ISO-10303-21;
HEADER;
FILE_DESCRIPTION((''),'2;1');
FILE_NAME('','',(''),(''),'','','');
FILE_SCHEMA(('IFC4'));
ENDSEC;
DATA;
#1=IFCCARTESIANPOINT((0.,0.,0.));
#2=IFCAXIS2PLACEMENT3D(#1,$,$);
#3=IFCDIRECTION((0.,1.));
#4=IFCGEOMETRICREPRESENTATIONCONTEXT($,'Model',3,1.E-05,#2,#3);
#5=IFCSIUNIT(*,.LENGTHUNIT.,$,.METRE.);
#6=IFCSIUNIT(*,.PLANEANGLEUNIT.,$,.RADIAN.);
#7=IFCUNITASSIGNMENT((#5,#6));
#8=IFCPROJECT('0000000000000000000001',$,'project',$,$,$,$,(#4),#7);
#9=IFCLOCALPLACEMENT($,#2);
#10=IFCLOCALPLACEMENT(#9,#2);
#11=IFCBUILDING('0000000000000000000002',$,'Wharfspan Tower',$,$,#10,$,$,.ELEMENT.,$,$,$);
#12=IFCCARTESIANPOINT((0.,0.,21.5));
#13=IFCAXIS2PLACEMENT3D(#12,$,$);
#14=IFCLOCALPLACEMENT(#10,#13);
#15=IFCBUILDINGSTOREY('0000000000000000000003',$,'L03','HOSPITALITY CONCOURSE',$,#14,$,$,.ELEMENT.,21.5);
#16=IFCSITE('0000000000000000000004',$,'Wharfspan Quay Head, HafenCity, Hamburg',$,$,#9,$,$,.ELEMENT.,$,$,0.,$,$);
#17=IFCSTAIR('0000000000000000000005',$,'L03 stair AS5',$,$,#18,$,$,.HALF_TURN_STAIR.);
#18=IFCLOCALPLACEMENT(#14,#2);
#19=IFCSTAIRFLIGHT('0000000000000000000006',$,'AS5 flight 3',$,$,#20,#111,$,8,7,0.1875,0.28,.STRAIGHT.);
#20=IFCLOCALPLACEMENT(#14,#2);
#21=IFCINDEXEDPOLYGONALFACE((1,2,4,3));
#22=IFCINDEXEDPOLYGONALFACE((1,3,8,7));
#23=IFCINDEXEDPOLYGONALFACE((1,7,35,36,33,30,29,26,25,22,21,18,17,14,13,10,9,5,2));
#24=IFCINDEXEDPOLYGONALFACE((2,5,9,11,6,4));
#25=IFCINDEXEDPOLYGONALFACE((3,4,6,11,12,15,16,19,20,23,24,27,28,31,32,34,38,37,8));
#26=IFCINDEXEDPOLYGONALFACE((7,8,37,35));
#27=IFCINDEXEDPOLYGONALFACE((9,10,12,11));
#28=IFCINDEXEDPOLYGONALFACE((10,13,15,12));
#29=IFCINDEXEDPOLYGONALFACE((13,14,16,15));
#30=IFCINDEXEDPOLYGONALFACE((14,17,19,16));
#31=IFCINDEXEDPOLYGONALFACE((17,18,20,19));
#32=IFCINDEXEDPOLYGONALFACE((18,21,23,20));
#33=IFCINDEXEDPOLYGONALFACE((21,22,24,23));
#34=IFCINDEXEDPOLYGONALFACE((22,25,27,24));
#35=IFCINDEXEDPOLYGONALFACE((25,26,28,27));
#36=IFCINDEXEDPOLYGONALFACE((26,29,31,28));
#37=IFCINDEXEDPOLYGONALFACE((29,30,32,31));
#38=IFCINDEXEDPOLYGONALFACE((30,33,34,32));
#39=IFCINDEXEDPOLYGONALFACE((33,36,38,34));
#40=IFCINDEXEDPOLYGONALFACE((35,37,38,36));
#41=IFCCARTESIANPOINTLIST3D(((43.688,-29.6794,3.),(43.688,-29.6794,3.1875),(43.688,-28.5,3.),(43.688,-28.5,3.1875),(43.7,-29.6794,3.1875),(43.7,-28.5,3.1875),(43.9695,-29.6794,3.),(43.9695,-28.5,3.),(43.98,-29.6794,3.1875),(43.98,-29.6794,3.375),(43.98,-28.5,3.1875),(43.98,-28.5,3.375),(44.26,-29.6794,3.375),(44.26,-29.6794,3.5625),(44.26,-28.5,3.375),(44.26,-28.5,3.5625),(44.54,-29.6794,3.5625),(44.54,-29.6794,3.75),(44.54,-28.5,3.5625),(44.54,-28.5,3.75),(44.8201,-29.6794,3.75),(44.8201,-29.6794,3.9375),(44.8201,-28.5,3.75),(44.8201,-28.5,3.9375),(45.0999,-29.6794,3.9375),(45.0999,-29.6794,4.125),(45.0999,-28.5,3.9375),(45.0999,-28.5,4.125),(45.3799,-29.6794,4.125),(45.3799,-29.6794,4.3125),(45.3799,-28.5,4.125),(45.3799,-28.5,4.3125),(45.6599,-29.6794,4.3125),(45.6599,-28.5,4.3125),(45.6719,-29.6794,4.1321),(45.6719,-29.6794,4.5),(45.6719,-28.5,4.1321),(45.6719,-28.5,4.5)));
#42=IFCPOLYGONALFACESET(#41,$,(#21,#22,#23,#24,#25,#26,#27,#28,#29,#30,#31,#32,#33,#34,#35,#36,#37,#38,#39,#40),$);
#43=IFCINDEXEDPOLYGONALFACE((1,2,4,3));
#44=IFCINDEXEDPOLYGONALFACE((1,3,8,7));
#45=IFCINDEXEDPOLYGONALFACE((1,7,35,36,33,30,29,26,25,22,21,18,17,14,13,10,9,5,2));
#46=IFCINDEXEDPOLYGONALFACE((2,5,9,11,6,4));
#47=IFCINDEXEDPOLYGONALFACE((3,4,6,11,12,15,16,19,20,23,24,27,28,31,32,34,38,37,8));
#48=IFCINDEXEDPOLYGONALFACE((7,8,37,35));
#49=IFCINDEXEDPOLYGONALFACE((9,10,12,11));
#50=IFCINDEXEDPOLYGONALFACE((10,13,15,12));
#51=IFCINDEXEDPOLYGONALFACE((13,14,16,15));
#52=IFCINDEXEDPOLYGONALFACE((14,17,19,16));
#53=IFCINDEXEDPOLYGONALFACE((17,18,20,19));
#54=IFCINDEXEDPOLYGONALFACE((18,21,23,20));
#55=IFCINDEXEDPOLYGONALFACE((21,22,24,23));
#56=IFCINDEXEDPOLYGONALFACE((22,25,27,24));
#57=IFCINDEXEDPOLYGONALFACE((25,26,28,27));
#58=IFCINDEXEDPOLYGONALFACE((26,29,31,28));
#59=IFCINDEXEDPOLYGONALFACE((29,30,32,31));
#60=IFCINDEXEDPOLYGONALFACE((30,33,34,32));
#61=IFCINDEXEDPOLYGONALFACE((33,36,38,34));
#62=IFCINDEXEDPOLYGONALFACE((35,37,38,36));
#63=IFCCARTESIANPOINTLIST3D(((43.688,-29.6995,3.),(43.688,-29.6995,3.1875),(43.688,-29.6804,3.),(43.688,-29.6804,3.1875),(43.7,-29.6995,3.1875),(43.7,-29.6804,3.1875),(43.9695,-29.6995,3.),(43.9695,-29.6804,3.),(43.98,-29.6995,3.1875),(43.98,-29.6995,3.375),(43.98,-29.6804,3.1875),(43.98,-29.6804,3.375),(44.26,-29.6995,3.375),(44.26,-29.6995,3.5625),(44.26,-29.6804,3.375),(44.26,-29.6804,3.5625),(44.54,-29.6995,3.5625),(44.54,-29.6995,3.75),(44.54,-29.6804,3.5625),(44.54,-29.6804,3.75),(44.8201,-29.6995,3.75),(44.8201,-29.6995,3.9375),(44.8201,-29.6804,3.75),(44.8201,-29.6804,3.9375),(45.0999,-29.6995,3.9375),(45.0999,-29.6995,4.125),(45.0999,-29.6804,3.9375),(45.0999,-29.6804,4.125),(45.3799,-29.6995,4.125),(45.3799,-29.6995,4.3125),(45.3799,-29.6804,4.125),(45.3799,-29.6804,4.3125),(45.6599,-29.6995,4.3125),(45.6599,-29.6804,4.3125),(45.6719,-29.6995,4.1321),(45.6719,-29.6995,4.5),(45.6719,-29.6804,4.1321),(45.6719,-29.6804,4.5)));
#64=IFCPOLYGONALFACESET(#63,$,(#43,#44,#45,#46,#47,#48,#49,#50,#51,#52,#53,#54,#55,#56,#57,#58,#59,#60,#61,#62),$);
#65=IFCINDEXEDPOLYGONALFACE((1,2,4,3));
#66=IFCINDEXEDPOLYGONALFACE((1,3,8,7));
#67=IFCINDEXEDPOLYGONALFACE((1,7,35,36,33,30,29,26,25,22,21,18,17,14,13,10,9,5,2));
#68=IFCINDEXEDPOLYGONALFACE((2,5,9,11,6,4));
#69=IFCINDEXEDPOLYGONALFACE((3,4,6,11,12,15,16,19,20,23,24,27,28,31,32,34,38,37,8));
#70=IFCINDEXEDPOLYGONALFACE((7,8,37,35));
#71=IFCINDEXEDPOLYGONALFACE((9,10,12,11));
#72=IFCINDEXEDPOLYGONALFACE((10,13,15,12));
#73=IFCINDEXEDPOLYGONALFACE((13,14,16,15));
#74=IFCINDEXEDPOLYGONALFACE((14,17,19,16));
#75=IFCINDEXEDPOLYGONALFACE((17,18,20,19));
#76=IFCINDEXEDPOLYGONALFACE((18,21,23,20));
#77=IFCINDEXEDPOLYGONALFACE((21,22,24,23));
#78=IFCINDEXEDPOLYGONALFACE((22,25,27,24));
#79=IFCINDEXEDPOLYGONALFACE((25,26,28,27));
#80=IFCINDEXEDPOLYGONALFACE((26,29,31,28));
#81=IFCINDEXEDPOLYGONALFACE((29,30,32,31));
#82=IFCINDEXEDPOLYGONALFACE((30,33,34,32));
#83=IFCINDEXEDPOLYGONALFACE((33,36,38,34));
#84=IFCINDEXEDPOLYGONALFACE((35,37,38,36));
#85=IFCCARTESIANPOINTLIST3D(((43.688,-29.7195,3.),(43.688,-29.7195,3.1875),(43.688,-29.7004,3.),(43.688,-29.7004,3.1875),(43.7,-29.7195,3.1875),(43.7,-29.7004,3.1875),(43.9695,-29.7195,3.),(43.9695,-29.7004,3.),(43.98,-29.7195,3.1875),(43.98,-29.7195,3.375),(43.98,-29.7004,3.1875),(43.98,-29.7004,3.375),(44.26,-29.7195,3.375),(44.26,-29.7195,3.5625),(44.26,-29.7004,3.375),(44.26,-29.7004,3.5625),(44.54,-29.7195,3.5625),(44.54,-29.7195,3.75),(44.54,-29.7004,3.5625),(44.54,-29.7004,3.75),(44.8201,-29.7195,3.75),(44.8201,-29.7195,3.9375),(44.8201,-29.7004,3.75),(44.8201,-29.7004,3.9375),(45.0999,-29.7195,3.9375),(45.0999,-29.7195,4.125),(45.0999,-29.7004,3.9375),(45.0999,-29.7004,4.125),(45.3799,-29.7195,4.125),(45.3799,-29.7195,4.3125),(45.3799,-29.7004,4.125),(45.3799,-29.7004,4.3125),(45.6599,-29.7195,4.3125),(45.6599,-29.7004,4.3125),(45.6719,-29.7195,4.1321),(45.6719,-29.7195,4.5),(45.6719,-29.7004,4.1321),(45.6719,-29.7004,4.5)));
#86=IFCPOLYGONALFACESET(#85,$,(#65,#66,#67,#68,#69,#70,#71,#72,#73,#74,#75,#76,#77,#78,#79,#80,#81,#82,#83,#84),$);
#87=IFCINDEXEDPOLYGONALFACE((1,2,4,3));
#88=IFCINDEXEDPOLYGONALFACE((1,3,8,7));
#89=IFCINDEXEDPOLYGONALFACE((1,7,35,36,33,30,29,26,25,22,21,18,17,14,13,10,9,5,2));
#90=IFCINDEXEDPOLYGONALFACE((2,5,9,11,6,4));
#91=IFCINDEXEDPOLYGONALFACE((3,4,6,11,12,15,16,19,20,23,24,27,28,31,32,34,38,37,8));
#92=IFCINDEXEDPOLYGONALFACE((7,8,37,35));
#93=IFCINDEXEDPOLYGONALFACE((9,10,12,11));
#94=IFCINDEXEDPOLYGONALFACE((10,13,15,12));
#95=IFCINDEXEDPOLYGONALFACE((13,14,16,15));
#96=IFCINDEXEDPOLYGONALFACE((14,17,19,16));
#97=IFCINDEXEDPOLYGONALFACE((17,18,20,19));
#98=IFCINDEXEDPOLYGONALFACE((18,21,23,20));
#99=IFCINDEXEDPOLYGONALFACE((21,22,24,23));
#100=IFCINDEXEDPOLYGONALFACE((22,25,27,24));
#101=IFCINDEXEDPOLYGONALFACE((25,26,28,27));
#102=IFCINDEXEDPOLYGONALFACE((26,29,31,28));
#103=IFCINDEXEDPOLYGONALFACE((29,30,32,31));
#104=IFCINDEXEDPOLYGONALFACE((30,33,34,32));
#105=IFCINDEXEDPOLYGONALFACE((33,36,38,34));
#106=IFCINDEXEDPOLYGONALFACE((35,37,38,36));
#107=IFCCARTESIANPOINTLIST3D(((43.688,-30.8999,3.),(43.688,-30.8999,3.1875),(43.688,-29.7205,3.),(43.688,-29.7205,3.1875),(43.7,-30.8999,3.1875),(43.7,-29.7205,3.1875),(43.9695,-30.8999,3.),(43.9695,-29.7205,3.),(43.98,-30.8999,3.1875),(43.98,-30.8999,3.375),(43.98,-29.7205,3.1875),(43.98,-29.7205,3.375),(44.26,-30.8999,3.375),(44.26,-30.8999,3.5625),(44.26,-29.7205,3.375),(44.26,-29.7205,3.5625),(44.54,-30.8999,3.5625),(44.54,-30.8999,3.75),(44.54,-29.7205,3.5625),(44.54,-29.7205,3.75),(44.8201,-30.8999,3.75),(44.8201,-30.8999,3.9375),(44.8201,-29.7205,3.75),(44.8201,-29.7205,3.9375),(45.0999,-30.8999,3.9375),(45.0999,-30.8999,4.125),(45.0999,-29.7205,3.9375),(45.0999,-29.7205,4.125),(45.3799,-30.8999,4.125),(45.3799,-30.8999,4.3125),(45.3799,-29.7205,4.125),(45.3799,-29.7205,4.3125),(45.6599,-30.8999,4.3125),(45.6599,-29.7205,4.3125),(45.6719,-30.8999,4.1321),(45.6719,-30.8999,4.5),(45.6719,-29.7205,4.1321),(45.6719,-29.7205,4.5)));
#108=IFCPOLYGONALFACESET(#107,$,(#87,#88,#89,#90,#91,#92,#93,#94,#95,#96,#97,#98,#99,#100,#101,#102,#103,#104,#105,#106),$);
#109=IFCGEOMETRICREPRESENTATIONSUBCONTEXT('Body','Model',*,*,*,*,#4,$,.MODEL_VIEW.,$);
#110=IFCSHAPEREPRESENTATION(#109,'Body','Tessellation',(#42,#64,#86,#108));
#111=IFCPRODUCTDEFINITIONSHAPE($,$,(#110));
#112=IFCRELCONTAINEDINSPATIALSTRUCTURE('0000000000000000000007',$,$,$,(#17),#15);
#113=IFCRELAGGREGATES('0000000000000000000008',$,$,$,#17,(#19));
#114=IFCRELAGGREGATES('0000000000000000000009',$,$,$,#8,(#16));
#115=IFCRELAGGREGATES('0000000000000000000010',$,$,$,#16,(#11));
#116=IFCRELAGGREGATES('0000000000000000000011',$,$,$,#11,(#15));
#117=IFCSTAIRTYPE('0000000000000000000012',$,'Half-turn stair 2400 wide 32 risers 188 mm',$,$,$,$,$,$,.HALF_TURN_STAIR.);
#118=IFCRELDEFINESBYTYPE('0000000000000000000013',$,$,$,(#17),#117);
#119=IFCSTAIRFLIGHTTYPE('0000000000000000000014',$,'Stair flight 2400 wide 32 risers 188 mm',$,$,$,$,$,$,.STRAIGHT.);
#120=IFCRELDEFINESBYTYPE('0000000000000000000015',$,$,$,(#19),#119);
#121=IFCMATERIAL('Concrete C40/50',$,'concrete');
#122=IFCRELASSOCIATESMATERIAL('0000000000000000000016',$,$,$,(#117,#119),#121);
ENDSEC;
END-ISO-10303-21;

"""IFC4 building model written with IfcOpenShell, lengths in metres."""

from ifc_helpers import new_model, si_unit, direction, frame, origin, place, context, subcontext, project, spatial, polyline, outline, extrude, material, type_object, element, aggregate, save


model = new_model("IFC4")

# Units and contexts
model_context = context("Model", 3, precision=1e-05, world=origin(), true_north=direction((0.0, 1.0)))
body_context = subcontext(model_context, "Body", "Model", "MODEL_VIEW")
ifc_project = project(units=[si_unit("LENGTHUNIT", "METRE"), si_unit("PLANEANGLEUNIT", "RADIAN")], contexts=[model_context])

# Site, building, storey
site_placement = place(None, origin())
site = spatial("IfcSite", under=ifc_project, at=site_placement, Name="Wharfspan Quay Head, HafenCity, Hamburg", CompositionType="ELEMENT", RefElevation=0.0)
building_placement = place(site_placement, origin())
building = spatial("IfcBuilding", under=site, at=building_placement, Name="Wharfspan Tower", CompositionType="ELEMENT")
storey_placement = place(building_placement, frame((0.0, 0.0, 21.5)))
storey = spatial("IfcBuildingStorey", under=building, at=storey_placement, Name="L03", Description="HOSPITALITY CONCOURSE", CompositionType="ELEMENT", Elevation=21.5)

# Shared definitions
ifc_material_1 = material(Name="Concrete C40/50", Category="concrete")

# Stair, stair flight
stair_type = type_object("IfcStairType", Name="Half-turn stair 2400 wide 32 risers 188 mm", PredefinedType="HALF_TURN_STAIR", material=ifc_material_1)
stair_placement = place(storey_placement, origin())
stair = element("IfcStair", 1, at=stair_placement, inside=storey, type_object=stair_type, Name="L03 stair AS5", PredefinedType="HALF_TURN_STAIR")
stair_flight_type = type_object("IfcStairFlightType", Name="Stair flight 2400 wide 32 risers 188 mm", PredefinedType="STRAIGHT", material=ifc_material_1)
stair_flight_1_placement = place(storey_placement, frame((43.7, -29.7, 3.0), z_axis=(0.0, 0.0, 1.0), x_axis=(1.0, 0.0, 0.0)))
stair_flight_1 = element("IfcStairFlight", 2, at=stair_flight_1_placement, type_object=stair_flight_type, Name="AS5 flight 3", NumberOfRisers=8, NumberOfTreads=7, PredefinedType="STRAIGHT", RiserHeight=0.1875, TreadLength=0.28, context=body_context, shape_type="SweptSolid", body=[
    extrude(outline(polyline([(-0.012, 0.0), (-0.012, 0.1875), (0.0, 0.1875), (0.28, 0.1875), (0.28, 0.375), (0.5601, 0.375), (0.5601, 0.5625), (0.8401, 0.5625), (0.8401, 0.75), (1.1201, 0.75), (1.1201, 0.9375), (1.3999, 0.9375), (1.3999, 1.125), (1.6799, 1.125), (1.6799, 1.3125), (1.96, 1.3125), (1.9719, 1.5), (1.9719, 1.1321), (0.2695, 0.0), (-0.012, 0.0)])), frame((0.0, 1.2, 0.0), z_axis=(0.0, -1.0, 0.0), x_axis=(1.0, 0.0, 0.0)), (0.0, 0.0, 1.0), 1.1794),
    extrude(outline(polyline([(-0.012, 0.0), (-0.012, 0.1875), (0.0, 0.1875), (0.28, 0.1875), (0.28, 0.375), (0.5601, 0.375), (0.5601, 0.5625), (0.8401, 0.5625), (0.8401, 0.75), (1.1201, 0.75), (1.1201, 0.9375), (1.3999, 0.9375), (1.3999, 1.125), (1.6799, 1.125), (1.6799, 1.3125), (1.96, 1.3125), (1.9719, 1.5), (1.9719, 1.1321), (0.2695, 0.0), (-0.012, 0.0)])), frame((0.0, 0.0195, 0.0), z_axis=(0.0, -1.0, 0.0), x_axis=(1.0, 0.0, 0.0)), (0.0, 0.0, 1.0), 0.019),
    extrude(outline(polyline([(-0.012, 0.0), (-0.012, 0.1875), (0.0, 0.1875), (0.28, 0.1875), (0.28, 0.375), (0.5601, 0.375), (0.5601, 0.5625), (0.8401, 0.5625), (0.8401, 0.75), (1.1201, 0.75), (1.1201, 0.9375), (1.3999, 0.9375), (1.3999, 1.125), (1.6799, 1.125), (1.6799, 1.3125), (1.96, 1.3125), (1.9719, 1.5), (1.9719, 1.1321), (0.2695, 0.0), (-0.012, 0.0)])), frame((0.0, -0.0005, 0.0), z_axis=(0.0, -1.0, 0.0), x_axis=(1.0, 0.0, 0.0)), (0.0, 0.0, 1.0), 0.019),
    extrude(outline(polyline([(-0.012, 0.0), (-0.012, 0.1875), (0.0, 0.1875), (0.28, 0.1875), (0.28, 0.375), (0.5601, 0.375), (0.5601, 0.5625), (0.8401, 0.5625), (0.8401, 0.75), (1.1201, 0.75), (1.1201, 0.9375), (1.3999, 0.9375), (1.3999, 1.125), (1.6799, 1.125), (1.6799, 1.3125), (1.96, 1.3125), (1.9719, 1.5), (1.9719, 1.1321), (0.2695, 0.0), (-0.012, 0.0)])), frame((0.0, -0.0205, 0.0), z_axis=(0.0, -1.0, 0.0), x_axis=(1.0, 0.0, 0.0)), (0.0, 0.0, 1.0), 1.1794),
])
aggregate(stair, [stair_flight_1])

save(model, "model.ifc")
